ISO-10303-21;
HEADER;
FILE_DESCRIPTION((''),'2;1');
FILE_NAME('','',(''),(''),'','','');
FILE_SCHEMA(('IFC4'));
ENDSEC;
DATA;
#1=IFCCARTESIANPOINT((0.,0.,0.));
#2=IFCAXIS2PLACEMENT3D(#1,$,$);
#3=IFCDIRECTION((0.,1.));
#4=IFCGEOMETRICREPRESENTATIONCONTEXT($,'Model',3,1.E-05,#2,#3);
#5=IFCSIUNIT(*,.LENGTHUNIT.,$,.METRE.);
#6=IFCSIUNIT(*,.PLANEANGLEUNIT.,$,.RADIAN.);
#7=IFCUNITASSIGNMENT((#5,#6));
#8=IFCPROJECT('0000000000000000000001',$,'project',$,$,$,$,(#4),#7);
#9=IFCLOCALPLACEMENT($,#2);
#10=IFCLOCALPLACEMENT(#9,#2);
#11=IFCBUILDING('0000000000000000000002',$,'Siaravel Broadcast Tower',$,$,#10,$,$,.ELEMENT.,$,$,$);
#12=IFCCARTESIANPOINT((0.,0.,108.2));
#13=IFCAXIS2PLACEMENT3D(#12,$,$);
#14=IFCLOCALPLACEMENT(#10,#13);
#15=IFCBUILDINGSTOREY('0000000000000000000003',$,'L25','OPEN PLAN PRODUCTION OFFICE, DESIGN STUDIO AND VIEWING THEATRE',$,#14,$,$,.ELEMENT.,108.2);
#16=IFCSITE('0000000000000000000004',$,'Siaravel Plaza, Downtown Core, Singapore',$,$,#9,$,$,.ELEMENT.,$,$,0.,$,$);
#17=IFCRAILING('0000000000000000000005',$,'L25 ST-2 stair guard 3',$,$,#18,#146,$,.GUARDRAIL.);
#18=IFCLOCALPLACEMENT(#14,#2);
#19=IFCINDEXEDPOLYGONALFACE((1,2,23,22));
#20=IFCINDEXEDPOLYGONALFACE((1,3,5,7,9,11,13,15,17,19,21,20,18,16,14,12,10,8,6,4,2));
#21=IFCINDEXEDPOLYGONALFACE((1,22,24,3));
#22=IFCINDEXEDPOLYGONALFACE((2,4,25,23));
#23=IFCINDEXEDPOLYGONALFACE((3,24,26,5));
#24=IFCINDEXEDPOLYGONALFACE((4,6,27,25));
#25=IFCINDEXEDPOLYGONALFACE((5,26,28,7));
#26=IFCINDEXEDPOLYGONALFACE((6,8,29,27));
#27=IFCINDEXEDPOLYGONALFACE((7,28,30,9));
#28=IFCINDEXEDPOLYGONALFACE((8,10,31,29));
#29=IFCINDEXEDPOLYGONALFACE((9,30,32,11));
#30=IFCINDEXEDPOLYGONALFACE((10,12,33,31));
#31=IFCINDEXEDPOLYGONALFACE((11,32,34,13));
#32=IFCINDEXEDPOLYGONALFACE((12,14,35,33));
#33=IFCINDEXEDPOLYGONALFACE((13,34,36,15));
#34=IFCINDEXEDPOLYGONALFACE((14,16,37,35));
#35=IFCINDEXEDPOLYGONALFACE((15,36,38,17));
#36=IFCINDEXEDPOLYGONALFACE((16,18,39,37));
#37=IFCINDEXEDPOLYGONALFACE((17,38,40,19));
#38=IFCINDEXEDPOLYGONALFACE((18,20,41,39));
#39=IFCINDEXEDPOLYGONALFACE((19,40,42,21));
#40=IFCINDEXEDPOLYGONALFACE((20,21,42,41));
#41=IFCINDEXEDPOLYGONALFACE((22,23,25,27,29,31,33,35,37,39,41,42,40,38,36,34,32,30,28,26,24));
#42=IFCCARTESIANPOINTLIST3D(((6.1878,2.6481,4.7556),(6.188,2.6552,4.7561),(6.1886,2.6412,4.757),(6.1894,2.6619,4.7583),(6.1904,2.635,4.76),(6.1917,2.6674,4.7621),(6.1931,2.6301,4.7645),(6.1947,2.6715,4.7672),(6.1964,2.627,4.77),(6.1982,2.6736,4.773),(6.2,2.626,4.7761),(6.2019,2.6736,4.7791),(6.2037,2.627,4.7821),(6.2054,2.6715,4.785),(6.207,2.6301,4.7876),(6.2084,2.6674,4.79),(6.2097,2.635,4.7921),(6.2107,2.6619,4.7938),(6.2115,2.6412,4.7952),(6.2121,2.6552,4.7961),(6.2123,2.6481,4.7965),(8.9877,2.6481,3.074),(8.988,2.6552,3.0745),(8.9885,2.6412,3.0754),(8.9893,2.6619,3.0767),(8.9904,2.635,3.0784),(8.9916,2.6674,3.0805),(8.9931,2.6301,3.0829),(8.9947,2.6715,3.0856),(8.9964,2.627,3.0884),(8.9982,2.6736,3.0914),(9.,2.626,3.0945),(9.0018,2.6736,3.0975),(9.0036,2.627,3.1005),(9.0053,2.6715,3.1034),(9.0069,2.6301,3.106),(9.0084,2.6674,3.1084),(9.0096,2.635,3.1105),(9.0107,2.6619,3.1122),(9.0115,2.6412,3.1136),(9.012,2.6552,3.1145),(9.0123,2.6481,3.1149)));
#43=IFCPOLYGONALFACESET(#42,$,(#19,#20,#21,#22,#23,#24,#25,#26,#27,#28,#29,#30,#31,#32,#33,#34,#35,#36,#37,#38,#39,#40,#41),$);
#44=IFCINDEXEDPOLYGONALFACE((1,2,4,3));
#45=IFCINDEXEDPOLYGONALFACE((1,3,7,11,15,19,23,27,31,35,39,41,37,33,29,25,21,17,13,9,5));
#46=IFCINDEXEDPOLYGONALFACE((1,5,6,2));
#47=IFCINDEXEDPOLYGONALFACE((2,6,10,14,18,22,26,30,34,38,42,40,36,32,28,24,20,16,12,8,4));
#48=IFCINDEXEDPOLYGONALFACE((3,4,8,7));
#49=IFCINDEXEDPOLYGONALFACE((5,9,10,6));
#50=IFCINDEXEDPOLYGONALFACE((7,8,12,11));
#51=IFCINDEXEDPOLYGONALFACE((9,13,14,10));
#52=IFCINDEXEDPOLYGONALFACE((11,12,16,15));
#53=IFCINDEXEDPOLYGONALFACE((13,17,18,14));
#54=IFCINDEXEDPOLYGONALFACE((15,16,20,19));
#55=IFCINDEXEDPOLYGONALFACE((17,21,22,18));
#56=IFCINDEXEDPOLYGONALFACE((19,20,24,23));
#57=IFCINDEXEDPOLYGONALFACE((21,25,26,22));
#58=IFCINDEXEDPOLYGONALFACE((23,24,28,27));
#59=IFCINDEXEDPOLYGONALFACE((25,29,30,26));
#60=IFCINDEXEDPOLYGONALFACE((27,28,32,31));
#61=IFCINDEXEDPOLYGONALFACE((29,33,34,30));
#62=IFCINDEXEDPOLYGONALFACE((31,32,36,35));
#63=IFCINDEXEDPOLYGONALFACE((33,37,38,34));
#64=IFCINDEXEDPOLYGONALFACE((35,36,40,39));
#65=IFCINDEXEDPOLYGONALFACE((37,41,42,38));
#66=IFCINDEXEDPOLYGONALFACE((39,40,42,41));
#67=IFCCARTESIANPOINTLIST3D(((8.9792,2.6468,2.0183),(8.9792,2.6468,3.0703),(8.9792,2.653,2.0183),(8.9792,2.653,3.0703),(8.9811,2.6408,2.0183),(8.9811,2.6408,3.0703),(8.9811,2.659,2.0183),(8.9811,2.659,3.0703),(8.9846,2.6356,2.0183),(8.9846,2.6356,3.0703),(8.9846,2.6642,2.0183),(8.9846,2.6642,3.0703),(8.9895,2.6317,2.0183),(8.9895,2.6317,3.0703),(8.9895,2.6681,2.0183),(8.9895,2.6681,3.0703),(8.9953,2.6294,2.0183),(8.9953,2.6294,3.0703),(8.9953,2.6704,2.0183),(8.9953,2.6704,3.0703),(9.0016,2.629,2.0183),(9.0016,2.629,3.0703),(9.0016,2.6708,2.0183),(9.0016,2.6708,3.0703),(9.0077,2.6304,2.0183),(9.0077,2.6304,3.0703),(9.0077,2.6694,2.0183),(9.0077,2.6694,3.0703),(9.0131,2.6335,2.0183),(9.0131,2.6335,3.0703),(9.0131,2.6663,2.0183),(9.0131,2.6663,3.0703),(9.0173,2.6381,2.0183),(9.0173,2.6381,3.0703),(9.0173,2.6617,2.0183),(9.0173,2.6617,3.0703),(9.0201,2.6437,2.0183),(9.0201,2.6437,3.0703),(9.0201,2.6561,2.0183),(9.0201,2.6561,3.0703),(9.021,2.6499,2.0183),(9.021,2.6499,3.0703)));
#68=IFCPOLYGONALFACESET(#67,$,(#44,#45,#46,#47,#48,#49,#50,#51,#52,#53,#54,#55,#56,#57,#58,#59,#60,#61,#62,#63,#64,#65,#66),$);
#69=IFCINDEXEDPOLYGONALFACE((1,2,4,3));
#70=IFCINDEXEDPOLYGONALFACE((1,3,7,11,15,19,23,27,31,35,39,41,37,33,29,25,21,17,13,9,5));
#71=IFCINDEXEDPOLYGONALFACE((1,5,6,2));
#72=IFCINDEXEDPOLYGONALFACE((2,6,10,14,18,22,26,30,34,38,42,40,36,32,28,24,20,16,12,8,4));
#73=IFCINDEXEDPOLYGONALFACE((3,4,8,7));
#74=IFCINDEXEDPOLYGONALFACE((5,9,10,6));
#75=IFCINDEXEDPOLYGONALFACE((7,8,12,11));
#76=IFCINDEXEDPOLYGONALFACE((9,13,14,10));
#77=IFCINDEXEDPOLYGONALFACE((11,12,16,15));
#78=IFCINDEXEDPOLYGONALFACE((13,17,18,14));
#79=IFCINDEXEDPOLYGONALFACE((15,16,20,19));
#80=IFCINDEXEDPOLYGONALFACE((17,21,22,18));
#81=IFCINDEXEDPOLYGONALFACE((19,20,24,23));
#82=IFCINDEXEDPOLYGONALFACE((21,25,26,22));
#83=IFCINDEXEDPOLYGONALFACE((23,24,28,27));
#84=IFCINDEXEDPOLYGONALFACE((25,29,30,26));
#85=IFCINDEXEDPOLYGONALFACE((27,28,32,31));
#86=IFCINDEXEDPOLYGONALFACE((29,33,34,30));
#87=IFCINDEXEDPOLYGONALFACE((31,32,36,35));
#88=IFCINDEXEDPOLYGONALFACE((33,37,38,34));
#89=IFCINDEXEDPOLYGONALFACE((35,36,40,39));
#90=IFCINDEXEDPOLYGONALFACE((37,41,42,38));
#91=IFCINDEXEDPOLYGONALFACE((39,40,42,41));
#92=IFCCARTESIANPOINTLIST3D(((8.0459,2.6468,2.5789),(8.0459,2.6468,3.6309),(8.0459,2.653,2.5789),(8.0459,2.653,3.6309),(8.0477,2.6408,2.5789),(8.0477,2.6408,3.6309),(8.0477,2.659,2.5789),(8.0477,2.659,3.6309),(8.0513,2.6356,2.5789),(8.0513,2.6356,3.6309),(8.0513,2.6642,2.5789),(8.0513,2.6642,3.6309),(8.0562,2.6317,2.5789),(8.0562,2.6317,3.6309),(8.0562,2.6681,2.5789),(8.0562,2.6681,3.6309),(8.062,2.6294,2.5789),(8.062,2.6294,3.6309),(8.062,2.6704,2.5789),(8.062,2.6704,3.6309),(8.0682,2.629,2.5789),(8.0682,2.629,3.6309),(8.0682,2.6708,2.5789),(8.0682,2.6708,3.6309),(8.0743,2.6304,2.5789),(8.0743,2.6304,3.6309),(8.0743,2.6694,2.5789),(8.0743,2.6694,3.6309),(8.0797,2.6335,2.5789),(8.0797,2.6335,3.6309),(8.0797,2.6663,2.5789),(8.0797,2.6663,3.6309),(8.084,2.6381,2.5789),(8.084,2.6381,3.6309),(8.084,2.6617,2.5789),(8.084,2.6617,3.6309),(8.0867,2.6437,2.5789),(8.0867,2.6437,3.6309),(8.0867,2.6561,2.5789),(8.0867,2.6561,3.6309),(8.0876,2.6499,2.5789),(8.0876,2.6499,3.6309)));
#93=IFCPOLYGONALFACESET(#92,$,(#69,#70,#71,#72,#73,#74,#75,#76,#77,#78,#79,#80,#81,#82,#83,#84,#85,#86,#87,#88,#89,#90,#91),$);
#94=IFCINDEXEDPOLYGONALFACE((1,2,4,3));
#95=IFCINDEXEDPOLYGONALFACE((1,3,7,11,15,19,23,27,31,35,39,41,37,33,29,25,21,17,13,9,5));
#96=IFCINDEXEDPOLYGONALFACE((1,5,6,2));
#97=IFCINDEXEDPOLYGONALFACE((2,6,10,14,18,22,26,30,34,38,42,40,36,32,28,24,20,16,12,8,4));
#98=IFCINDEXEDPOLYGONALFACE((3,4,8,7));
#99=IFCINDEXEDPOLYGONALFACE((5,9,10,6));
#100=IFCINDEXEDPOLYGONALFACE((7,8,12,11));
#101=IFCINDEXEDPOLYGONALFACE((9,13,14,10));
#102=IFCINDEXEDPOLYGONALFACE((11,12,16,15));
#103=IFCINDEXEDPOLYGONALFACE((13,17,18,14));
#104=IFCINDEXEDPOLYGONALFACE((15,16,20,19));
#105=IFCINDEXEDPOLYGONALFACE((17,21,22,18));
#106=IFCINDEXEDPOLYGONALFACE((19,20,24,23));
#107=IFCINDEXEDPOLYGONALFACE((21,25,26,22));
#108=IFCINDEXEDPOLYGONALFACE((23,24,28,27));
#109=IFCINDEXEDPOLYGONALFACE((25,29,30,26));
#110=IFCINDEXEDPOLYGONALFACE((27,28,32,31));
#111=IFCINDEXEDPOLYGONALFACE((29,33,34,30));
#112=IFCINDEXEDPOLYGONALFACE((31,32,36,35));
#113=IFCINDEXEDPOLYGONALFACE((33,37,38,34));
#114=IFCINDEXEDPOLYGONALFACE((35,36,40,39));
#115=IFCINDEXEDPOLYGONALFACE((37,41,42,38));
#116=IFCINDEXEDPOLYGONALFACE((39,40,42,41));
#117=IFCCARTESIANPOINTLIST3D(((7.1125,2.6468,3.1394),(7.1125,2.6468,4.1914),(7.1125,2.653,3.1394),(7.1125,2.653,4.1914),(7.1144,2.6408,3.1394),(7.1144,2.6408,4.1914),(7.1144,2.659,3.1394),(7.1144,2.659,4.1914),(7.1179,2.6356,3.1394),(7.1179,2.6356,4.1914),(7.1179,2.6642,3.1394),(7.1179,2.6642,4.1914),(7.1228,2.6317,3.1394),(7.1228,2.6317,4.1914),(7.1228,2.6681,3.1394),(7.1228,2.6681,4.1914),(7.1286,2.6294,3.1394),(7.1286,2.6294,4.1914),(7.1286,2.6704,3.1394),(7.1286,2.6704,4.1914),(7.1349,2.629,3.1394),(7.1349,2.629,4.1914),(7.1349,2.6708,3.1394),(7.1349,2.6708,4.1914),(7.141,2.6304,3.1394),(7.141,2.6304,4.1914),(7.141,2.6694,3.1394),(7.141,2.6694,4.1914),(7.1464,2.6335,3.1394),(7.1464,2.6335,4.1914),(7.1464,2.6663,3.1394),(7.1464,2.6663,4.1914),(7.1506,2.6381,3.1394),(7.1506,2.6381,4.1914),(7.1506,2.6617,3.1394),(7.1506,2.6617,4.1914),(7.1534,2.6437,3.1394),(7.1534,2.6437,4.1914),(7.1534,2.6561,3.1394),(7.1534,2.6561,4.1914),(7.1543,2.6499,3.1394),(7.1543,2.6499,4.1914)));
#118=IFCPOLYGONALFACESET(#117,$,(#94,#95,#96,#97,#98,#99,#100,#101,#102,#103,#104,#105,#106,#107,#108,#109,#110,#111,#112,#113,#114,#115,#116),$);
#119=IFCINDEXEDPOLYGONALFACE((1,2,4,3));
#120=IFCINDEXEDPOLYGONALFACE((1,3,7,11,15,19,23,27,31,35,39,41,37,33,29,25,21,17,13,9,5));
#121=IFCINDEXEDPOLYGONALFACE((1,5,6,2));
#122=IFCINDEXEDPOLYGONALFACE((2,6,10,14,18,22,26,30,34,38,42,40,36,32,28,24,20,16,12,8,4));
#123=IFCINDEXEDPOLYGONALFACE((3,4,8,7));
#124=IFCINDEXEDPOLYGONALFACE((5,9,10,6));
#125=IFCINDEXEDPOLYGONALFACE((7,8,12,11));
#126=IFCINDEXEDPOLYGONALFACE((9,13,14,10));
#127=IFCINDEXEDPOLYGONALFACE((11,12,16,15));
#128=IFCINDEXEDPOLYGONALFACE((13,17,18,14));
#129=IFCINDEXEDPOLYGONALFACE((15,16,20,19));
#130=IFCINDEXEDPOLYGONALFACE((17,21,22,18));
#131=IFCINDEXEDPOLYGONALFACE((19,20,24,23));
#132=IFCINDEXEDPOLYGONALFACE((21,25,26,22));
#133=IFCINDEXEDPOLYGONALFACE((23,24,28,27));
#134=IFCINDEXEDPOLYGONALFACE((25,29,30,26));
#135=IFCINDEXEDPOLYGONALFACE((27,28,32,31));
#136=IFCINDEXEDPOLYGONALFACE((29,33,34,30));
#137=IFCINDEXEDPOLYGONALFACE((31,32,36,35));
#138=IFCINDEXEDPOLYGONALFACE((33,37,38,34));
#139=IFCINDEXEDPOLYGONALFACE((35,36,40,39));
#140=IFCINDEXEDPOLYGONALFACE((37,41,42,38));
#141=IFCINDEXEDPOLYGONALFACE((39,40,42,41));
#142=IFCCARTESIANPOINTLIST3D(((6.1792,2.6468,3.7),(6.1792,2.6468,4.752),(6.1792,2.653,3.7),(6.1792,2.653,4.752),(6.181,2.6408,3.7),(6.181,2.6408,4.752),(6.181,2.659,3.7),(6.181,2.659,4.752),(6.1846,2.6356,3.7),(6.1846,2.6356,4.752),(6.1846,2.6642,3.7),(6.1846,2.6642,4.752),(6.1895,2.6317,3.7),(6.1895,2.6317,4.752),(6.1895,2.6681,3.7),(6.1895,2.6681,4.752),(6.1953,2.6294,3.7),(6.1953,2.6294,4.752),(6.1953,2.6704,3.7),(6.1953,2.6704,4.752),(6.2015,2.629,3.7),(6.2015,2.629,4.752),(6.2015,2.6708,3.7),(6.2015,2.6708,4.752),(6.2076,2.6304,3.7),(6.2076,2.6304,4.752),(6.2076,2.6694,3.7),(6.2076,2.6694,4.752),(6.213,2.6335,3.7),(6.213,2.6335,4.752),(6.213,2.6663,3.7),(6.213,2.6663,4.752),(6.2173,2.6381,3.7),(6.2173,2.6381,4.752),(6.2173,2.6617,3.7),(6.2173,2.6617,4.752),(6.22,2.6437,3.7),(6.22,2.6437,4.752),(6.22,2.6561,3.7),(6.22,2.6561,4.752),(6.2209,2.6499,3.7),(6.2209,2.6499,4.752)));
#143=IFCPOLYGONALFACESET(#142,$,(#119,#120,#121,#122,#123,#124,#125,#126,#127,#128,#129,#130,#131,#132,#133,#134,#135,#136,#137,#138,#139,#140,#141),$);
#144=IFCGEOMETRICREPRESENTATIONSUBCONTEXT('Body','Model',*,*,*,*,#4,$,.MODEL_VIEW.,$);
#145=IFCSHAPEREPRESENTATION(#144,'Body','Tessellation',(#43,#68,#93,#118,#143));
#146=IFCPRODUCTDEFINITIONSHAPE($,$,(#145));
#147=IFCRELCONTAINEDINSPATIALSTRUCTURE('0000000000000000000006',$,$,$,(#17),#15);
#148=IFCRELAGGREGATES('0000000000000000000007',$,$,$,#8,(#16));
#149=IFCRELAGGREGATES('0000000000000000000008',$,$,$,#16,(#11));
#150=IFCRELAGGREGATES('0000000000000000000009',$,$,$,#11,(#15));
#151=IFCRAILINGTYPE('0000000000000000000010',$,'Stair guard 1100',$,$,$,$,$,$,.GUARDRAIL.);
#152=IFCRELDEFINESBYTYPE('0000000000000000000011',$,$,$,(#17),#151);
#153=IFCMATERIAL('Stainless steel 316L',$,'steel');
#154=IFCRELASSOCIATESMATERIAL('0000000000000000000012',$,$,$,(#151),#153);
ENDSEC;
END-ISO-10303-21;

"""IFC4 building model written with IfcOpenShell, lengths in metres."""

from ifc_helpers import new_model, si_unit, direction, frame, origin, origin_2d, place, context, subcontext, project, spatial, circle, extrude, material, type_object, element, save


model = new_model("IFC4")

# Units and contexts
model_context = context("Model", 3, precision=1e-05, world=origin(), true_north=direction((0.0, 1.0)))
body_context = subcontext(model_context, "Body", "Model", "MODEL_VIEW")
ifc_project = project(units=[si_unit("LENGTHUNIT", "METRE"), si_unit("PLANEANGLEUNIT", "RADIAN")], contexts=[model_context])

# Site, building, storey
site_placement = place(None, origin())
site = spatial("IfcSite", under=ifc_project, at=site_placement, Name="Siaravel Plaza, Downtown Core, Singapore", CompositionType="ELEMENT", RefElevation=0.0)
building_placement = place(site_placement, origin())
building = spatial("IfcBuilding", under=site, at=building_placement, Name="Siaravel Broadcast Tower", CompositionType="ELEMENT")
storey_placement = place(building_placement, frame((0.0, 0.0, 108.2)))
storey = spatial("IfcBuildingStorey", under=building, at=storey_placement, Name="L25", Description="OPEN PLAN PRODUCTION OFFICE, DESIGN STUDIO AND VIEWING THEATRE", CompositionType="ELEMENT", Elevation=108.2)

# Railing
ifc_material_1 = material(Name="Stainless steel 316L", Category="steel")
railing_type_1 = type_object("IfcRailingType", Name="Stair guard 1100", PredefinedType="GUARDRAIL", material=ifc_material_1)
railing_1_placement = place(storey_placement, frame((9.0, 2.6499, 2.0183)))
element("IfcRailing", 1, at=railing_1_placement, inside=storey, type_object=railing_type_1, Name="L25 ST-2 stair guard 3", PredefinedType="GUARDRAIL", context=body_context, shape_type="SweptSolid", body=[
    extrude(circle(Radius=0.0239, at=origin_2d()), frame((0.0, 0.0, 1.0762), z_axis=(-0.857275, 0.0, 0.514858), x_axis=(0.0, -1.0, 0.0)), (0.0, 0.0, 1.0), 3.2661),
    extrude(circle(Radius=0.021, at=origin_2d()), origin(), (0.0, 0.0, 1.0), 1.052),
    extrude(circle(Radius=0.021, at=origin_2d()), frame((-0.9333, 0.0, 0.5605)), (0.0, 0.0, 1.0), 1.052),
    extrude(circle(Radius=0.021, at=origin_2d()), frame((-1.8667, 0.0, 1.1211)), (0.0, 0.0, 1.0), 1.052),
    extrude(circle(Radius=0.021, at=origin_2d()), frame((-2.8, 0.0, 1.6816)), (0.0, 0.0, 1.0), 1.052),
])

save(model, "model.ifc")
